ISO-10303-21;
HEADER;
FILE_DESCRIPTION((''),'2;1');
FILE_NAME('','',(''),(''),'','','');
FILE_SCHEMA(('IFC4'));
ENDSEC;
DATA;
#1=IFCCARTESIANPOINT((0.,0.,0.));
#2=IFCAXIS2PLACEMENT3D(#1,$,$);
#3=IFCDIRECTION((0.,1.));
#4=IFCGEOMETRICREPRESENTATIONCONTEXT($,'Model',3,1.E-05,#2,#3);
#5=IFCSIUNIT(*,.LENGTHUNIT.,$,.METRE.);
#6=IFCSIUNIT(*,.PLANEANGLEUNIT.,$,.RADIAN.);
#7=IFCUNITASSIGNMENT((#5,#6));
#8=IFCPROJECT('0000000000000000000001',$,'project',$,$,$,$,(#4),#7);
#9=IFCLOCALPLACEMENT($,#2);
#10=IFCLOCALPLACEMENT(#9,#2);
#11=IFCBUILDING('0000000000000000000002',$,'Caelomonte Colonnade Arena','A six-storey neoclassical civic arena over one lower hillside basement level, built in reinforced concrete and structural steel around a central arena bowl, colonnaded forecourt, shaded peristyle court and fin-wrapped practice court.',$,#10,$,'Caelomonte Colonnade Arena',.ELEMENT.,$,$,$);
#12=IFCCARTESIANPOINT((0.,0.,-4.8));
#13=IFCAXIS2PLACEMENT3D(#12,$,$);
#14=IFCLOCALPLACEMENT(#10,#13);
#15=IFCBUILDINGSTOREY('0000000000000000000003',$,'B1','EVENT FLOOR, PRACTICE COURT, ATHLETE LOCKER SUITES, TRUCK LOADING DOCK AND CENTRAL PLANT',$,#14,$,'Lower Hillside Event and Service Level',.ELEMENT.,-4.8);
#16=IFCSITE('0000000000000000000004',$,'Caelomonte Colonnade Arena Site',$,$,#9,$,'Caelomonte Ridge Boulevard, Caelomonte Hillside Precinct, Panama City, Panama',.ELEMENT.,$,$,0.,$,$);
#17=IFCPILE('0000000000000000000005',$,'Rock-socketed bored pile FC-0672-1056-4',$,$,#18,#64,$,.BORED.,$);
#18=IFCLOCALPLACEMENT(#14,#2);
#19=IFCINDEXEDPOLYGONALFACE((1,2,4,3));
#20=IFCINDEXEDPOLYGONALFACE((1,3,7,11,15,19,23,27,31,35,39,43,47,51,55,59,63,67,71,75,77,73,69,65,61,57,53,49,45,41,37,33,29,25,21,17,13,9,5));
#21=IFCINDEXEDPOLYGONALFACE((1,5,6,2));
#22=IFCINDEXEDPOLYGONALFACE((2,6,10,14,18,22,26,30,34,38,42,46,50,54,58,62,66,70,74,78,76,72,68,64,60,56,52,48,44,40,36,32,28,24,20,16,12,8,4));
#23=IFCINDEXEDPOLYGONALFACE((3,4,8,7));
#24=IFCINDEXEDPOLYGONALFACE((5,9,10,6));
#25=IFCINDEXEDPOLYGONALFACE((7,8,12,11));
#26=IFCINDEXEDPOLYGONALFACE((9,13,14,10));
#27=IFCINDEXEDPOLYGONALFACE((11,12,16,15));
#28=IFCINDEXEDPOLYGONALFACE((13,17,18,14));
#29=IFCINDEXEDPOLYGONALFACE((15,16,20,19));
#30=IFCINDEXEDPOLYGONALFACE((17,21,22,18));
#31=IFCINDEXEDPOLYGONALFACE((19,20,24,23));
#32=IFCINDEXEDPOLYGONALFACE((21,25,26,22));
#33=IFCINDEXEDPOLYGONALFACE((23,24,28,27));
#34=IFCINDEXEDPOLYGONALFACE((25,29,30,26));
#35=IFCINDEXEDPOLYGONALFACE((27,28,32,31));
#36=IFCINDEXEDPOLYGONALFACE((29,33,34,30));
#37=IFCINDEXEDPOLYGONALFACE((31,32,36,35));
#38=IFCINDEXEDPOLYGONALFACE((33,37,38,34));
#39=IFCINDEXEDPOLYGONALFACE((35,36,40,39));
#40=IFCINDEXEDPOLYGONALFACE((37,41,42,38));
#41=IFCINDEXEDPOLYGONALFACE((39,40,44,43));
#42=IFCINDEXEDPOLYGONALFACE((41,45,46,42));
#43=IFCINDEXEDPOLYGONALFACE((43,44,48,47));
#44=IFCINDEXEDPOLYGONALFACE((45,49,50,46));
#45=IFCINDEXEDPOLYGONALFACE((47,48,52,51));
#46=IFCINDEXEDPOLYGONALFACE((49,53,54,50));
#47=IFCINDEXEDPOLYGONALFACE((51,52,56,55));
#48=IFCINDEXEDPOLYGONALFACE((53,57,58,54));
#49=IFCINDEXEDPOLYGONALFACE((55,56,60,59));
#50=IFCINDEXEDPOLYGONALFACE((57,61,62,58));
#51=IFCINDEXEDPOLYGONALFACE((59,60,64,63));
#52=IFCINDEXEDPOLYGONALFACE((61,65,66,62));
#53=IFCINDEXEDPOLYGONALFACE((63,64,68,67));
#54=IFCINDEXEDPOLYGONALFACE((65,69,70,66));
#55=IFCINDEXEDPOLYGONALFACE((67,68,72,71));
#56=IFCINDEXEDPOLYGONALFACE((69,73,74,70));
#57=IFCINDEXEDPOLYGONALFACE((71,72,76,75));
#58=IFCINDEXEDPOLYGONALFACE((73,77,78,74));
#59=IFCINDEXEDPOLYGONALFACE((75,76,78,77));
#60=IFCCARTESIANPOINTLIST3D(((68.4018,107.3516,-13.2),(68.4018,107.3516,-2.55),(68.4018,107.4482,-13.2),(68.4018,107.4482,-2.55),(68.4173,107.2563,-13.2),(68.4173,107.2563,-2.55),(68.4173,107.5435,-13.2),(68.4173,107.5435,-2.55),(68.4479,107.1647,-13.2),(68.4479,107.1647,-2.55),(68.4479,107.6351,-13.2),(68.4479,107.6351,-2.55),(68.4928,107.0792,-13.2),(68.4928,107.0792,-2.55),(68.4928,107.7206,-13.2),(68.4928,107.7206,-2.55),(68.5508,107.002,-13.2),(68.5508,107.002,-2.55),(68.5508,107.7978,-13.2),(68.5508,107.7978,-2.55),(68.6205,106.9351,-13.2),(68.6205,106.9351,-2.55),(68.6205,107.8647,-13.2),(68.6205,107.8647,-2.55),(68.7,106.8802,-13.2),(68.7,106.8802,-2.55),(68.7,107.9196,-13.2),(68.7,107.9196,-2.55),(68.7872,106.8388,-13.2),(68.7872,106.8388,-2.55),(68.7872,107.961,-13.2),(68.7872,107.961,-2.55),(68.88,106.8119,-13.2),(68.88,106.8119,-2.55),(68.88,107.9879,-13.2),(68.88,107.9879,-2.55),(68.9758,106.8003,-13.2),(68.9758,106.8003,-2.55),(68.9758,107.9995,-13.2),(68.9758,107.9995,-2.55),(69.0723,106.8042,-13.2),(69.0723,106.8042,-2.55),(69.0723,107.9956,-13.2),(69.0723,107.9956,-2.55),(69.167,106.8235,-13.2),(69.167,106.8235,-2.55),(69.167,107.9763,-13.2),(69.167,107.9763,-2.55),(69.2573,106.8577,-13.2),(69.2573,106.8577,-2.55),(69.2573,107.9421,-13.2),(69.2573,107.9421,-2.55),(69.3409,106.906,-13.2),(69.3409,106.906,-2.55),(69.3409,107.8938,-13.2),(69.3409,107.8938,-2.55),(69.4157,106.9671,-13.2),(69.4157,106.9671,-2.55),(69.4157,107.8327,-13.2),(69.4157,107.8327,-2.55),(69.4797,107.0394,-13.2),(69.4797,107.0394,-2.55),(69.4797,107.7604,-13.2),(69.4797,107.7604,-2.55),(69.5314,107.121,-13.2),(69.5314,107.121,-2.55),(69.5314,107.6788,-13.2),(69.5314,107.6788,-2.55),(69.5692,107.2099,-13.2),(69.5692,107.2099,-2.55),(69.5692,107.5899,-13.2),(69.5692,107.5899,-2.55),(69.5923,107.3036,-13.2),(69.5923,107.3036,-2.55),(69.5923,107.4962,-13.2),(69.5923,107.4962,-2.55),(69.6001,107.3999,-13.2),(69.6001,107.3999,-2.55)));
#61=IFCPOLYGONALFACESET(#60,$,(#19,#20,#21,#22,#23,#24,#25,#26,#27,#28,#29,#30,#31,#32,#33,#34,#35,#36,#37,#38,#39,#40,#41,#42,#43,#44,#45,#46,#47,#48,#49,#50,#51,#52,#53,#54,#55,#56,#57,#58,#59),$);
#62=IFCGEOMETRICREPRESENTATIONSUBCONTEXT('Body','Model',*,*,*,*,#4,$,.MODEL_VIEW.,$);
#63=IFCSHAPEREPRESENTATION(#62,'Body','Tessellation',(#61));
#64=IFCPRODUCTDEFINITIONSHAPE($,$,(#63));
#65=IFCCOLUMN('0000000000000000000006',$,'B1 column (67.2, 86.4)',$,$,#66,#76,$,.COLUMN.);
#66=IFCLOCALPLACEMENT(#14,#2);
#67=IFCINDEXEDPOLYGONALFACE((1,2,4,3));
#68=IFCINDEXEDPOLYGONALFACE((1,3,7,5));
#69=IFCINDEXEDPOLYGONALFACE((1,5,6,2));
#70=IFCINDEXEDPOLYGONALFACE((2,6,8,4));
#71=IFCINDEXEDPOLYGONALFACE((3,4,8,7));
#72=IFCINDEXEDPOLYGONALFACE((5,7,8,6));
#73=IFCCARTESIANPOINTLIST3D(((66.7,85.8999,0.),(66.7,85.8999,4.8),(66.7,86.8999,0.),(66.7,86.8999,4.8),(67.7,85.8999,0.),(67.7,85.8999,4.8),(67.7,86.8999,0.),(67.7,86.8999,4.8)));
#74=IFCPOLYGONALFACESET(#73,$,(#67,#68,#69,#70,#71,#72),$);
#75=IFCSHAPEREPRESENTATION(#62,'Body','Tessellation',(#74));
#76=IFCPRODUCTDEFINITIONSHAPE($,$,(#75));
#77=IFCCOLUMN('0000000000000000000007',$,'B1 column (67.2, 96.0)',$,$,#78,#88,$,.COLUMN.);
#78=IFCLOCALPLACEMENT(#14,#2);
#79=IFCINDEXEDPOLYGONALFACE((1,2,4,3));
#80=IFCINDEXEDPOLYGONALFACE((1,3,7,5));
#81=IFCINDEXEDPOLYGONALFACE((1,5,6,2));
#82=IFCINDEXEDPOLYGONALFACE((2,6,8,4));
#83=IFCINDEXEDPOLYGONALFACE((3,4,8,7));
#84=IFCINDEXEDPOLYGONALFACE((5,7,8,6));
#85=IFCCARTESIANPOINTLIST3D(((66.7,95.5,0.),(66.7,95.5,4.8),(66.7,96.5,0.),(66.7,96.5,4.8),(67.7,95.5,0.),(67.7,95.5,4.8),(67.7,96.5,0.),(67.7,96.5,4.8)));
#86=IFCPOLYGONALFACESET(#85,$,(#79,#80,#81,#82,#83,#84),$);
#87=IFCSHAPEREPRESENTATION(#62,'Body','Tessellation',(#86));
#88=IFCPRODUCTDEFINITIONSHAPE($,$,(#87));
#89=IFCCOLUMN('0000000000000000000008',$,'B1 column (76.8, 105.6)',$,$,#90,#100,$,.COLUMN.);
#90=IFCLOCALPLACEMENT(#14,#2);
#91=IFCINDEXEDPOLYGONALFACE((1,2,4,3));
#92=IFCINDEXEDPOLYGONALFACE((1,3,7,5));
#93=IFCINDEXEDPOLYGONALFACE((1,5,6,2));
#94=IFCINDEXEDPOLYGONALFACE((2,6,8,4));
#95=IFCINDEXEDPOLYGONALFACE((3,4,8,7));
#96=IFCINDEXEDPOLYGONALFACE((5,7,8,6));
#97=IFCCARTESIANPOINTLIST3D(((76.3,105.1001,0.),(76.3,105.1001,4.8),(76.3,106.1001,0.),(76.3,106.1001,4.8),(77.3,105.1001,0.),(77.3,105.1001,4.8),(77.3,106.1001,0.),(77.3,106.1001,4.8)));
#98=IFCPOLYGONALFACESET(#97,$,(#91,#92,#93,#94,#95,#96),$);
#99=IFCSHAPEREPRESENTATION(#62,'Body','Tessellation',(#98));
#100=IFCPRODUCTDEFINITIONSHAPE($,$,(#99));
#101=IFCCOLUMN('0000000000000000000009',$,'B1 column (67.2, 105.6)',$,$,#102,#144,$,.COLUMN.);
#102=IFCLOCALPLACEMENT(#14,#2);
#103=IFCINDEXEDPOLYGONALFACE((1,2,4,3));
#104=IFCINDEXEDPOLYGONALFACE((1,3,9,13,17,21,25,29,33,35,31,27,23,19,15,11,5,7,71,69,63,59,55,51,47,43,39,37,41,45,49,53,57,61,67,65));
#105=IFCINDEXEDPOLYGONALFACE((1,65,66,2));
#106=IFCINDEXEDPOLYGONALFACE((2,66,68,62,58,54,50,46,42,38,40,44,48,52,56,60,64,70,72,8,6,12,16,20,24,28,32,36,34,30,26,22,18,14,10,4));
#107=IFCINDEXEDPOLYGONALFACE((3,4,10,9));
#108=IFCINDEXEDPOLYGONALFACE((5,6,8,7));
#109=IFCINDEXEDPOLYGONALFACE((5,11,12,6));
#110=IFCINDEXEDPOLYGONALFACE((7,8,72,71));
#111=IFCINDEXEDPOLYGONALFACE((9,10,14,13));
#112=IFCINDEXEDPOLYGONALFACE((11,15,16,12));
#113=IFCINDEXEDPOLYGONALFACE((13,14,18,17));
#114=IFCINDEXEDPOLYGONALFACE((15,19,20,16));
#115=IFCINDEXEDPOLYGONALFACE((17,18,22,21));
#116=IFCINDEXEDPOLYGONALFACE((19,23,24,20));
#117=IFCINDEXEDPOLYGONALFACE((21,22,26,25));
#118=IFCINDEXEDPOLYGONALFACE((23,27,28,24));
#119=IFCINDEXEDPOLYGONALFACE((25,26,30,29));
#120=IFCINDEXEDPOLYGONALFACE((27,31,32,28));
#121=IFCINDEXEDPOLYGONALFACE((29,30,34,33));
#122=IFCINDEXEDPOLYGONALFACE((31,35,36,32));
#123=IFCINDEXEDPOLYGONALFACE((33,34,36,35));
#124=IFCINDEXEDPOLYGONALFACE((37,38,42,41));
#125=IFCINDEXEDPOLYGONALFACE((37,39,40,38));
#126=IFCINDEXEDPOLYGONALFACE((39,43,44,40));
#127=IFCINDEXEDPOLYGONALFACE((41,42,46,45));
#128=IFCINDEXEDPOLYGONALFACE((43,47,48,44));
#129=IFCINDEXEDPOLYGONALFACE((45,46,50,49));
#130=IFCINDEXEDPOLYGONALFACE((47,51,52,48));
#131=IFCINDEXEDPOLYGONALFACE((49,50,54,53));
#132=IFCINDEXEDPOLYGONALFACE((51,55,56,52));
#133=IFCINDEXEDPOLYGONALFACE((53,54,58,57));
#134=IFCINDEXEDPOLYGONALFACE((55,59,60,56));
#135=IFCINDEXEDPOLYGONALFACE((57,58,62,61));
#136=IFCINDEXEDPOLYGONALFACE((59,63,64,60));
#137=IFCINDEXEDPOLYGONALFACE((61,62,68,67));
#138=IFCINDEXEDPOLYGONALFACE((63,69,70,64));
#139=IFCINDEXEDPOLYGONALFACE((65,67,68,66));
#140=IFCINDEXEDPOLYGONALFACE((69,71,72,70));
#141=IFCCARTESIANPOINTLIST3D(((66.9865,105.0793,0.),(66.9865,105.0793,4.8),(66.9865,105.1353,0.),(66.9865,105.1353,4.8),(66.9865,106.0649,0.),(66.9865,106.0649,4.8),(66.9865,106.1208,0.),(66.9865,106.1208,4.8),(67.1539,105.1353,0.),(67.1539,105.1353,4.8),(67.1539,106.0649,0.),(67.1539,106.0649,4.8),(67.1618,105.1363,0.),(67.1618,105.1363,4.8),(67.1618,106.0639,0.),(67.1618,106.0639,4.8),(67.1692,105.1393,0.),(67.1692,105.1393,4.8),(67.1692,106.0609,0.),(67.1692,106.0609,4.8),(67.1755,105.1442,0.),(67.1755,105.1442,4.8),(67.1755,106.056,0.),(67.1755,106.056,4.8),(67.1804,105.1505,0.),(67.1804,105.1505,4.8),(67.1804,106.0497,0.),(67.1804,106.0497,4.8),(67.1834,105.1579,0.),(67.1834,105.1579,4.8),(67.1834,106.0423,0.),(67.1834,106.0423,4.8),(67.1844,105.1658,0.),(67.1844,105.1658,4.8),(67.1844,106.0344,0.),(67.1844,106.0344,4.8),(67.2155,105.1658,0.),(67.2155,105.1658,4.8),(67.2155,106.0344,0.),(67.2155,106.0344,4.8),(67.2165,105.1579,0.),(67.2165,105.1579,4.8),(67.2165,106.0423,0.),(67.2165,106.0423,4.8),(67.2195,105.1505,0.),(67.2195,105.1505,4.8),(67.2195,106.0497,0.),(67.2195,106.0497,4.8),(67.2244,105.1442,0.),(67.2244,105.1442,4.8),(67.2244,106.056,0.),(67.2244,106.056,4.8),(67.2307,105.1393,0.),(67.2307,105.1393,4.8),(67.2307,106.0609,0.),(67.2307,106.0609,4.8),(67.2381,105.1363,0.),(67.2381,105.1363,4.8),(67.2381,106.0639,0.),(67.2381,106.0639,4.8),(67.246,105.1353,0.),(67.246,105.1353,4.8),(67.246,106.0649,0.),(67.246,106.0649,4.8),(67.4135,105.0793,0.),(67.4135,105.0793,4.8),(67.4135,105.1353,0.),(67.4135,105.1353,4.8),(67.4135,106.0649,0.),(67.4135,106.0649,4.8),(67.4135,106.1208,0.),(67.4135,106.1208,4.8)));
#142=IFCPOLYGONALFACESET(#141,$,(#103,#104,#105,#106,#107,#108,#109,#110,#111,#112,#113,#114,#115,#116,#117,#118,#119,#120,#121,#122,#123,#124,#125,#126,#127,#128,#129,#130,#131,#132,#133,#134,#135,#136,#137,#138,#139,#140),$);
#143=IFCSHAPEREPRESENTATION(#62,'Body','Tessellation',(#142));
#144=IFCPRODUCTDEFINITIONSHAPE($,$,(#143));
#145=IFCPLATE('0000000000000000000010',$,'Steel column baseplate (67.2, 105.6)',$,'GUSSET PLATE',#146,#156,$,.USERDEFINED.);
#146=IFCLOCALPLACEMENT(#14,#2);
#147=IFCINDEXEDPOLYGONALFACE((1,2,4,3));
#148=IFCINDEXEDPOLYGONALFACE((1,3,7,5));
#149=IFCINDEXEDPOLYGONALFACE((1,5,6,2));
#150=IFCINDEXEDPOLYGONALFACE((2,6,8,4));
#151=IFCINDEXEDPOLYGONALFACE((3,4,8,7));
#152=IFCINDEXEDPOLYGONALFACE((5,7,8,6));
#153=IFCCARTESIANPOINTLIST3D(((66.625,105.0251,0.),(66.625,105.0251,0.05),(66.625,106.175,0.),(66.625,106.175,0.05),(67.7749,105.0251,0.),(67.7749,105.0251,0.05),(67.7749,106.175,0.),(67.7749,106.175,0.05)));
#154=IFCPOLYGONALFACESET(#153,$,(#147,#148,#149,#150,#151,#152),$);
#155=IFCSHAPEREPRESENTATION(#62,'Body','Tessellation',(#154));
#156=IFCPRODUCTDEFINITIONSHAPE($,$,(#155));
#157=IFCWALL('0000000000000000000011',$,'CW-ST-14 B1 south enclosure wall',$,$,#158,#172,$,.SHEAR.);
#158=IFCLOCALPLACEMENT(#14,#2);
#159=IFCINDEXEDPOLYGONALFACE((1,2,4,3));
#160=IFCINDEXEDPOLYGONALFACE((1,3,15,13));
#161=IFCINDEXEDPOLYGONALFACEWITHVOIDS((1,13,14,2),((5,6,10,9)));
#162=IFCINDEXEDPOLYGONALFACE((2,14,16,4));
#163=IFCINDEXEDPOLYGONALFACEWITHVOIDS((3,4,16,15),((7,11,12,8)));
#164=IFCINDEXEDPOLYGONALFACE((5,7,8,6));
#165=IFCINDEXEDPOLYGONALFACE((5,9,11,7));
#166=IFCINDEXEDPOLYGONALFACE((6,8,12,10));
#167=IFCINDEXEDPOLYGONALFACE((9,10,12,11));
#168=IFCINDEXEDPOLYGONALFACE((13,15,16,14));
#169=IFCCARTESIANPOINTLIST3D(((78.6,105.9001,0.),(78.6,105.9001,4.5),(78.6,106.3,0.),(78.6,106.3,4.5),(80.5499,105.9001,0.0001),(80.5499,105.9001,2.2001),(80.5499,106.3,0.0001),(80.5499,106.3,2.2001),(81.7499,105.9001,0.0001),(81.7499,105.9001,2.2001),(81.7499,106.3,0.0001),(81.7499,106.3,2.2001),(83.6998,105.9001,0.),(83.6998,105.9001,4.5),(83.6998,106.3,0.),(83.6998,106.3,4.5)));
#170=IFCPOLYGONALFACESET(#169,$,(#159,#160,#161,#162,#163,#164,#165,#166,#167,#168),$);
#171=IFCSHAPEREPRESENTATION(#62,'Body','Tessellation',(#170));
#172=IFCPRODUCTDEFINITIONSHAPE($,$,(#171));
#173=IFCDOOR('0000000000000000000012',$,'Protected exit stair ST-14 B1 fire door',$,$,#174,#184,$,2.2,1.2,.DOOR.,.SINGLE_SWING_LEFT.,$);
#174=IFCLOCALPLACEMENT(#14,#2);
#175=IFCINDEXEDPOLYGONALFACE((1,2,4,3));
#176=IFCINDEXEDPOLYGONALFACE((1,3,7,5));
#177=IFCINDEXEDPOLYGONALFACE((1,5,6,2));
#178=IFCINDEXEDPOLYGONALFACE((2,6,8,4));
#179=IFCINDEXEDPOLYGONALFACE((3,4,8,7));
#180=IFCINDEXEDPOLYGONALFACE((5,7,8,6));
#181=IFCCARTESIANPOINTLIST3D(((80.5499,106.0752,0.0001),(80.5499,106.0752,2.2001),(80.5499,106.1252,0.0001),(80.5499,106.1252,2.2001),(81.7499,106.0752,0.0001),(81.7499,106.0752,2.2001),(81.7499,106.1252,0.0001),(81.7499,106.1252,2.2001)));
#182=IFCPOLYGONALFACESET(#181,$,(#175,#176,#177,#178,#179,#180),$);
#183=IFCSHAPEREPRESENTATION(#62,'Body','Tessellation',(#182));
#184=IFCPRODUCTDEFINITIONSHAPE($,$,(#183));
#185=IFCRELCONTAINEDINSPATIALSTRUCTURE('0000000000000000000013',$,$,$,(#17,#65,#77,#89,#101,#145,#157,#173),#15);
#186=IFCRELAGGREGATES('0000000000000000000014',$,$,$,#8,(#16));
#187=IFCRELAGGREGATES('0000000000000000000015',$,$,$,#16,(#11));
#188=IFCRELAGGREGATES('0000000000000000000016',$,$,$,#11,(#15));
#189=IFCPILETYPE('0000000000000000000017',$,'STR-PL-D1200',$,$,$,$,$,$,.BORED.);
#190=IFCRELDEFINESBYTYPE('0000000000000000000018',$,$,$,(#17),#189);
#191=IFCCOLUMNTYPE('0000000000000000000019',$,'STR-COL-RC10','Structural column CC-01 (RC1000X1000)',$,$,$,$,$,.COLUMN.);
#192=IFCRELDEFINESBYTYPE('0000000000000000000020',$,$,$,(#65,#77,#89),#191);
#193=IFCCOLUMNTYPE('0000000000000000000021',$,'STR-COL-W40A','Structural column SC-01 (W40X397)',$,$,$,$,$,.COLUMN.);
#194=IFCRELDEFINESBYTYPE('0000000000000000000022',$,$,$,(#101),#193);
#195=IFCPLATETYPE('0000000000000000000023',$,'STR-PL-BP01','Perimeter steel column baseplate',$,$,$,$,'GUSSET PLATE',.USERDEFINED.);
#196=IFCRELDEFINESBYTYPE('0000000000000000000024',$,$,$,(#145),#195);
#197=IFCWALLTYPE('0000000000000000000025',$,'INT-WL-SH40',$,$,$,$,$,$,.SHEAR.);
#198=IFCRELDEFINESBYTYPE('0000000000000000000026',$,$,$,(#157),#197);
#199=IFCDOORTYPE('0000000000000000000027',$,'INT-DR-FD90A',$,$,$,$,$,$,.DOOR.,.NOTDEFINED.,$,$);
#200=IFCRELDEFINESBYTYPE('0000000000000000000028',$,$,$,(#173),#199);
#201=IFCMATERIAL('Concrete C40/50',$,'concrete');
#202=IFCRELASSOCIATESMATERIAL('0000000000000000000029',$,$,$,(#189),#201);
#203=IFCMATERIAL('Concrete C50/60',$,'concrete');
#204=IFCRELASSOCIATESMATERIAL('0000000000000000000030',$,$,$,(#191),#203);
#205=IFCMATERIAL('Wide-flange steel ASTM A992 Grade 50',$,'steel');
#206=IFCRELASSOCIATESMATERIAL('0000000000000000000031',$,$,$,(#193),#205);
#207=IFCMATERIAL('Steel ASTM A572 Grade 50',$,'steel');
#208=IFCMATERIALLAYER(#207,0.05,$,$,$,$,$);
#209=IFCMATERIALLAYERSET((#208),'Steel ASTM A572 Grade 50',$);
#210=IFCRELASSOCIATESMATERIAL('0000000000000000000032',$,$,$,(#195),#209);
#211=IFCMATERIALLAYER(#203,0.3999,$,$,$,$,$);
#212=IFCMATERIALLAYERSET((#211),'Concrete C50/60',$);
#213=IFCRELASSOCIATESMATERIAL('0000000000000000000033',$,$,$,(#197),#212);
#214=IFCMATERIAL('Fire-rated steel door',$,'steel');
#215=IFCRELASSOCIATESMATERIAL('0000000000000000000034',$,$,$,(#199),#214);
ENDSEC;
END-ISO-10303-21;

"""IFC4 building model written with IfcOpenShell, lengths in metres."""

from ifc_helpers import new_model, si_unit, direction, frame, frame_2d, origin, origin_2d, place, context, subcontext, project, spatial, rectangle, circle, i_section, extrude, material, layer, layer_set, material_profile, profile_set, type_object, element, fill, save


model = new_model("IFC4")

# Units and contexts
model_context = context("Model", 3, precision=1e-05, world=origin(), true_north=direction((0.0, 1.0)))
body_context = subcontext(model_context, "Body", "Model", "MODEL_VIEW")
ifc_project = project(units=[si_unit("LENGTHUNIT", "METRE"), si_unit("PLANEANGLEUNIT", "RADIAN")], contexts=[model_context])

# Site, building, storey
site_placement = place(None, origin())
site = spatial("IfcSite", under=ifc_project, at=site_placement, Name="Caelomonte Colonnade Arena Site", LongName="Caelomonte Ridge Boulevard, Caelomonte Hillside Precinct, Panama City, Panama", CompositionType="ELEMENT", RefElevation=0.0)
building_placement = place(site_placement, origin())
building = spatial("IfcBuilding", under=site, at=building_placement, Name="Caelomonte Colonnade Arena", Description="A six-storey neoclassical civic arena over one lower hillside basement level, built in reinforced concrete and structural steel around a central arena bowl, colonnaded forecourt, shaded peristyle court and fin-wrapped practice court.", LongName="Caelomonte Colonnade Arena", CompositionType="ELEMENT")
storey_placement = place(building_placement, frame((0.0, 0.0, -4.8)))
storey = spatial("IfcBuildingStorey", under=building, at=storey_placement, Name="B1", Description="EVENT FLOOR, PRACTICE COURT, ATHLETE LOCKER SUITES, TRUCK LOADING DOCK AND CENTRAL PLANT", LongName="Lower Hillside Event and Service Level", CompositionType="ELEMENT", Elevation=-4.8)

# Shared definitions
ifc_material_1 = material(Name="Concrete C40/50", Category="concrete")

# Pile
ifc_material_profile_1 = material_profile(ifc_material_1, circle(Radius=0.6001, at=origin_2d()), Name="PILE-D1200")
ifc_profile_set_1 = profile_set([ifc_material_profile_1], Name="Concrete C40/50")
pile_type_1 = type_object("IfcPileType", Name="STR-PL-D1200", PredefinedType="BORED", material=ifc_profile_set_1)
for number, where, z_axis, x_axis, name in (
    (1, (69.0, 107.3999, -2.55), (0.0, 0.0, -1.0), (1.0, 0.0, 0.0), "Rock-socketed bored pile FC-0672-1056-4"),
):
    element("IfcPile", number, at=place(storey_placement, frame(where, z_axis=z_axis, x_axis=x_axis)), inside=storey, type_object=pile_type_1, Name=name, PredefinedType="BORED", context=body_context, shape_type="SweptSolid", body=[
        extrude(circle(Radius=0.6001, at=origin_2d()), origin(), (0.0, 0.0, 1.0), 10.6499),
    ])

# Columns
ifc_material_2 = material(Name="Concrete C50/60", Category="concrete")
ifc_material_profile_2 = material_profile(ifc_material_2, rectangle(XDim=1.0, YDim=1.0, at=origin_2d()), Name="RC1000X1000")
ifc_profile_set_2 = profile_set([ifc_material_profile_2], Name="Concrete C50/60")
column_type_1 = type_object("IfcColumnType", Name="STR-COL-RC10", Description="Structural column CC-01 (RC1000X1000)", PredefinedType="COLUMN", material=ifc_profile_set_2)
for number, where, z_axis, x_axis, name in (
    (2, (67.2, 86.3999, 0.0), (0.0, 0.0, 1.0), (1.0, 0.0, 0.0), "B1 column (67.2, 86.4)"),
    (3, (67.2, 96.0, 0.0), (0.0, 0.0, 1.0), (1.0, 0.0, 0.0), "B1 column (67.2, 96.0)"),
    (4, (76.8, 105.6001, 0.0), (0.0, 0.0, 1.0), (1.0, 0.0, 0.0), "B1 column (76.8, 105.6)"),
):
    element("IfcColumn", number, at=place(storey_placement, frame(where, z_axis=z_axis, x_axis=x_axis)), inside=storey, type_object=column_type_1, Name=name, PredefinedType="COLUMN", context=body_context, shape_type="SweptSolid", body=[
        extrude(rectangle(XDim=1.0, YDim=1.0, at=origin_2d()), origin(), (0.0, 0.0, 1.0), 4.8),
    ])
ifc_material_3 = material(Name="Wide-flange steel ASTM A992 Grade 50", Category="steel")
ifc_material_profile_3 = material_profile(ifc_material_3, i_section(OverallWidth=0.427, OverallDepth=1.0415, WebThickness=0.031, FlangeThickness=0.0559, FilletRadius=0.0305, at=origin_2d()), Name="W40X397")
ifc_profile_set_3 = profile_set([ifc_material_profile_3], Name="Wide-flange steel ASTM A992 Grade 50")
column_type_2 = type_object("IfcColumnType", Name="STR-COL-W40A", Description="Structural column SC-01 (W40X397)", PredefinedType="COLUMN", material=ifc_profile_set_3)
column_placement = place(storey_placement, frame((67.2, 105.6001, 0.0), z_axis=(0.0, 0.0, 1.0), x_axis=(1.0, 0.0, 0.0)))
element("IfcColumn", 5, at=column_placement, inside=storey, type_object=column_type_2, Name="B1 column (67.2, 105.6)", PredefinedType="COLUMN", context=body_context, shape_type="SweptSolid", body=[
    extrude(i_section(OverallWidth=0.427, OverallDepth=1.0415, WebThickness=0.031, FlangeThickness=0.0559, FilletRadius=0.0305, at=origin_2d()), origin(), (0.0, 0.0, 1.0), 4.8),
])

# Plate
ifc_material_4 = material(Name="Steel ASTM A572 Grade 50", Category="steel")
ifc_layer_1 = layer(ifc_material_4, 0.05)
ifc_layer_set_1 = layer_set([ifc_layer_1], Name="Steel ASTM A572 Grade 50")
plate_type = type_object("IfcPlateType", Name="STR-PL-BP01", Description="Perimeter steel column baseplate", ElementType="GUSSET PLATE", PredefinedType="USERDEFINED", material=ifc_layer_set_1)
plate_placement = place(storey_placement, frame((67.2, 105.6001, 0.0), z_axis=(0.0, 0.0, 1.0), x_axis=(1.0, 0.0, 0.0)))
element("IfcPlate", 6, at=plate_placement, inside=storey, type_object=plate_type, Name="Steel column baseplate (67.2, 105.6)", ObjectType="GUSSET PLATE", PredefinedType="USERDEFINED", context=body_context, shape_type="SweptSolid", body=[
    extrude(rectangle(XDim=1.1499, YDim=1.1499, at=origin_2d()), origin(), (0.0, 0.0, 1.0), 0.05),
])

# Wall, opening, door
ifc_layer_2 = layer(ifc_material_2, 0.3999)
ifc_layer_set_2 = layer_set([ifc_layer_2], Name="Concrete C50/60")
wall_type_1 = type_object("IfcWallType", Name="INT-WL-SH40", PredefinedType="SHEAR", material=ifc_layer_set_2)
wall_1_placement = place(storey_placement, frame((78.6001, 106.1001, 0.0), z_axis=(0.0, 0.0, 1.0), x_axis=(1.0, 0.0, 0.0)))
wall_1 = element("IfcWall", 7, at=wall_1_placement, inside=storey, type_object=wall_type_1, Name="CW-ST-14 B1 south enclosure wall", PredefinedType="SHEAR", context=body_context, shape_type="SweptSolid", body=[
    extrude(rectangle(XDim=5.0999, YDim=0.3999, at=frame_2d((2.5498, 0.0))), origin(), (0.0, 0.0, 1.0), 4.5),
])
opening_placement = place(wall_1_placement, frame((3.1499, 0.0, 0.0), z_axis=(0.0, 0.0, 1.0), x_axis=(-1.0, 0.0, 0.0)))
opening = element("IfcOpeningElement", 8, at=opening_placement, cuts=wall_1, PredefinedType="OPENING", context=body_context, shape_type="SweptSolid", body=[
    extrude(rectangle(XDim=1.2, YDim=2.2, at=frame_2d((0.6001, 1.1001))), frame((0.0, 0.21, 0.0), z_axis=(0.0, -1.0, 0.0), x_axis=(1.0, 0.0, 0.0)), (0.0, 0.0, 1.0), 0.4199),
])
ifc_material_5 = material(Name="Fire-rated steel door", Category="steel")
door_type = type_object("IfcDoorType", Name="INT-DR-FD90A", OperationType="NOTDEFINED", PredefinedType="DOOR", material=ifc_material_5)
door_placement = place(opening_placement, origin())
door = element("IfcDoor", 9, at=door_placement, inside=storey, type_object=door_type, Name="Protected exit stair ST-14 B1 fire door", OperationType="SINGLE_SWING_LEFT", OverallHeight=2.2, OverallWidth=1.2, PredefinedType="DOOR", context=body_context, shape_type="SweptSolid", body=[
    extrude(rectangle(XDim=1.2, YDim=2.2, at=frame_2d((0.6001, 1.1001))), frame((0.0, 0.0249, 0.0), z_axis=(0.0, -1.0, 0.0), x_axis=(1.0, 0.0, 0.0)), (0.0, 0.0, 1.0), 0.05),
])
fill(opening, door)

save(model, "model.ifc")
